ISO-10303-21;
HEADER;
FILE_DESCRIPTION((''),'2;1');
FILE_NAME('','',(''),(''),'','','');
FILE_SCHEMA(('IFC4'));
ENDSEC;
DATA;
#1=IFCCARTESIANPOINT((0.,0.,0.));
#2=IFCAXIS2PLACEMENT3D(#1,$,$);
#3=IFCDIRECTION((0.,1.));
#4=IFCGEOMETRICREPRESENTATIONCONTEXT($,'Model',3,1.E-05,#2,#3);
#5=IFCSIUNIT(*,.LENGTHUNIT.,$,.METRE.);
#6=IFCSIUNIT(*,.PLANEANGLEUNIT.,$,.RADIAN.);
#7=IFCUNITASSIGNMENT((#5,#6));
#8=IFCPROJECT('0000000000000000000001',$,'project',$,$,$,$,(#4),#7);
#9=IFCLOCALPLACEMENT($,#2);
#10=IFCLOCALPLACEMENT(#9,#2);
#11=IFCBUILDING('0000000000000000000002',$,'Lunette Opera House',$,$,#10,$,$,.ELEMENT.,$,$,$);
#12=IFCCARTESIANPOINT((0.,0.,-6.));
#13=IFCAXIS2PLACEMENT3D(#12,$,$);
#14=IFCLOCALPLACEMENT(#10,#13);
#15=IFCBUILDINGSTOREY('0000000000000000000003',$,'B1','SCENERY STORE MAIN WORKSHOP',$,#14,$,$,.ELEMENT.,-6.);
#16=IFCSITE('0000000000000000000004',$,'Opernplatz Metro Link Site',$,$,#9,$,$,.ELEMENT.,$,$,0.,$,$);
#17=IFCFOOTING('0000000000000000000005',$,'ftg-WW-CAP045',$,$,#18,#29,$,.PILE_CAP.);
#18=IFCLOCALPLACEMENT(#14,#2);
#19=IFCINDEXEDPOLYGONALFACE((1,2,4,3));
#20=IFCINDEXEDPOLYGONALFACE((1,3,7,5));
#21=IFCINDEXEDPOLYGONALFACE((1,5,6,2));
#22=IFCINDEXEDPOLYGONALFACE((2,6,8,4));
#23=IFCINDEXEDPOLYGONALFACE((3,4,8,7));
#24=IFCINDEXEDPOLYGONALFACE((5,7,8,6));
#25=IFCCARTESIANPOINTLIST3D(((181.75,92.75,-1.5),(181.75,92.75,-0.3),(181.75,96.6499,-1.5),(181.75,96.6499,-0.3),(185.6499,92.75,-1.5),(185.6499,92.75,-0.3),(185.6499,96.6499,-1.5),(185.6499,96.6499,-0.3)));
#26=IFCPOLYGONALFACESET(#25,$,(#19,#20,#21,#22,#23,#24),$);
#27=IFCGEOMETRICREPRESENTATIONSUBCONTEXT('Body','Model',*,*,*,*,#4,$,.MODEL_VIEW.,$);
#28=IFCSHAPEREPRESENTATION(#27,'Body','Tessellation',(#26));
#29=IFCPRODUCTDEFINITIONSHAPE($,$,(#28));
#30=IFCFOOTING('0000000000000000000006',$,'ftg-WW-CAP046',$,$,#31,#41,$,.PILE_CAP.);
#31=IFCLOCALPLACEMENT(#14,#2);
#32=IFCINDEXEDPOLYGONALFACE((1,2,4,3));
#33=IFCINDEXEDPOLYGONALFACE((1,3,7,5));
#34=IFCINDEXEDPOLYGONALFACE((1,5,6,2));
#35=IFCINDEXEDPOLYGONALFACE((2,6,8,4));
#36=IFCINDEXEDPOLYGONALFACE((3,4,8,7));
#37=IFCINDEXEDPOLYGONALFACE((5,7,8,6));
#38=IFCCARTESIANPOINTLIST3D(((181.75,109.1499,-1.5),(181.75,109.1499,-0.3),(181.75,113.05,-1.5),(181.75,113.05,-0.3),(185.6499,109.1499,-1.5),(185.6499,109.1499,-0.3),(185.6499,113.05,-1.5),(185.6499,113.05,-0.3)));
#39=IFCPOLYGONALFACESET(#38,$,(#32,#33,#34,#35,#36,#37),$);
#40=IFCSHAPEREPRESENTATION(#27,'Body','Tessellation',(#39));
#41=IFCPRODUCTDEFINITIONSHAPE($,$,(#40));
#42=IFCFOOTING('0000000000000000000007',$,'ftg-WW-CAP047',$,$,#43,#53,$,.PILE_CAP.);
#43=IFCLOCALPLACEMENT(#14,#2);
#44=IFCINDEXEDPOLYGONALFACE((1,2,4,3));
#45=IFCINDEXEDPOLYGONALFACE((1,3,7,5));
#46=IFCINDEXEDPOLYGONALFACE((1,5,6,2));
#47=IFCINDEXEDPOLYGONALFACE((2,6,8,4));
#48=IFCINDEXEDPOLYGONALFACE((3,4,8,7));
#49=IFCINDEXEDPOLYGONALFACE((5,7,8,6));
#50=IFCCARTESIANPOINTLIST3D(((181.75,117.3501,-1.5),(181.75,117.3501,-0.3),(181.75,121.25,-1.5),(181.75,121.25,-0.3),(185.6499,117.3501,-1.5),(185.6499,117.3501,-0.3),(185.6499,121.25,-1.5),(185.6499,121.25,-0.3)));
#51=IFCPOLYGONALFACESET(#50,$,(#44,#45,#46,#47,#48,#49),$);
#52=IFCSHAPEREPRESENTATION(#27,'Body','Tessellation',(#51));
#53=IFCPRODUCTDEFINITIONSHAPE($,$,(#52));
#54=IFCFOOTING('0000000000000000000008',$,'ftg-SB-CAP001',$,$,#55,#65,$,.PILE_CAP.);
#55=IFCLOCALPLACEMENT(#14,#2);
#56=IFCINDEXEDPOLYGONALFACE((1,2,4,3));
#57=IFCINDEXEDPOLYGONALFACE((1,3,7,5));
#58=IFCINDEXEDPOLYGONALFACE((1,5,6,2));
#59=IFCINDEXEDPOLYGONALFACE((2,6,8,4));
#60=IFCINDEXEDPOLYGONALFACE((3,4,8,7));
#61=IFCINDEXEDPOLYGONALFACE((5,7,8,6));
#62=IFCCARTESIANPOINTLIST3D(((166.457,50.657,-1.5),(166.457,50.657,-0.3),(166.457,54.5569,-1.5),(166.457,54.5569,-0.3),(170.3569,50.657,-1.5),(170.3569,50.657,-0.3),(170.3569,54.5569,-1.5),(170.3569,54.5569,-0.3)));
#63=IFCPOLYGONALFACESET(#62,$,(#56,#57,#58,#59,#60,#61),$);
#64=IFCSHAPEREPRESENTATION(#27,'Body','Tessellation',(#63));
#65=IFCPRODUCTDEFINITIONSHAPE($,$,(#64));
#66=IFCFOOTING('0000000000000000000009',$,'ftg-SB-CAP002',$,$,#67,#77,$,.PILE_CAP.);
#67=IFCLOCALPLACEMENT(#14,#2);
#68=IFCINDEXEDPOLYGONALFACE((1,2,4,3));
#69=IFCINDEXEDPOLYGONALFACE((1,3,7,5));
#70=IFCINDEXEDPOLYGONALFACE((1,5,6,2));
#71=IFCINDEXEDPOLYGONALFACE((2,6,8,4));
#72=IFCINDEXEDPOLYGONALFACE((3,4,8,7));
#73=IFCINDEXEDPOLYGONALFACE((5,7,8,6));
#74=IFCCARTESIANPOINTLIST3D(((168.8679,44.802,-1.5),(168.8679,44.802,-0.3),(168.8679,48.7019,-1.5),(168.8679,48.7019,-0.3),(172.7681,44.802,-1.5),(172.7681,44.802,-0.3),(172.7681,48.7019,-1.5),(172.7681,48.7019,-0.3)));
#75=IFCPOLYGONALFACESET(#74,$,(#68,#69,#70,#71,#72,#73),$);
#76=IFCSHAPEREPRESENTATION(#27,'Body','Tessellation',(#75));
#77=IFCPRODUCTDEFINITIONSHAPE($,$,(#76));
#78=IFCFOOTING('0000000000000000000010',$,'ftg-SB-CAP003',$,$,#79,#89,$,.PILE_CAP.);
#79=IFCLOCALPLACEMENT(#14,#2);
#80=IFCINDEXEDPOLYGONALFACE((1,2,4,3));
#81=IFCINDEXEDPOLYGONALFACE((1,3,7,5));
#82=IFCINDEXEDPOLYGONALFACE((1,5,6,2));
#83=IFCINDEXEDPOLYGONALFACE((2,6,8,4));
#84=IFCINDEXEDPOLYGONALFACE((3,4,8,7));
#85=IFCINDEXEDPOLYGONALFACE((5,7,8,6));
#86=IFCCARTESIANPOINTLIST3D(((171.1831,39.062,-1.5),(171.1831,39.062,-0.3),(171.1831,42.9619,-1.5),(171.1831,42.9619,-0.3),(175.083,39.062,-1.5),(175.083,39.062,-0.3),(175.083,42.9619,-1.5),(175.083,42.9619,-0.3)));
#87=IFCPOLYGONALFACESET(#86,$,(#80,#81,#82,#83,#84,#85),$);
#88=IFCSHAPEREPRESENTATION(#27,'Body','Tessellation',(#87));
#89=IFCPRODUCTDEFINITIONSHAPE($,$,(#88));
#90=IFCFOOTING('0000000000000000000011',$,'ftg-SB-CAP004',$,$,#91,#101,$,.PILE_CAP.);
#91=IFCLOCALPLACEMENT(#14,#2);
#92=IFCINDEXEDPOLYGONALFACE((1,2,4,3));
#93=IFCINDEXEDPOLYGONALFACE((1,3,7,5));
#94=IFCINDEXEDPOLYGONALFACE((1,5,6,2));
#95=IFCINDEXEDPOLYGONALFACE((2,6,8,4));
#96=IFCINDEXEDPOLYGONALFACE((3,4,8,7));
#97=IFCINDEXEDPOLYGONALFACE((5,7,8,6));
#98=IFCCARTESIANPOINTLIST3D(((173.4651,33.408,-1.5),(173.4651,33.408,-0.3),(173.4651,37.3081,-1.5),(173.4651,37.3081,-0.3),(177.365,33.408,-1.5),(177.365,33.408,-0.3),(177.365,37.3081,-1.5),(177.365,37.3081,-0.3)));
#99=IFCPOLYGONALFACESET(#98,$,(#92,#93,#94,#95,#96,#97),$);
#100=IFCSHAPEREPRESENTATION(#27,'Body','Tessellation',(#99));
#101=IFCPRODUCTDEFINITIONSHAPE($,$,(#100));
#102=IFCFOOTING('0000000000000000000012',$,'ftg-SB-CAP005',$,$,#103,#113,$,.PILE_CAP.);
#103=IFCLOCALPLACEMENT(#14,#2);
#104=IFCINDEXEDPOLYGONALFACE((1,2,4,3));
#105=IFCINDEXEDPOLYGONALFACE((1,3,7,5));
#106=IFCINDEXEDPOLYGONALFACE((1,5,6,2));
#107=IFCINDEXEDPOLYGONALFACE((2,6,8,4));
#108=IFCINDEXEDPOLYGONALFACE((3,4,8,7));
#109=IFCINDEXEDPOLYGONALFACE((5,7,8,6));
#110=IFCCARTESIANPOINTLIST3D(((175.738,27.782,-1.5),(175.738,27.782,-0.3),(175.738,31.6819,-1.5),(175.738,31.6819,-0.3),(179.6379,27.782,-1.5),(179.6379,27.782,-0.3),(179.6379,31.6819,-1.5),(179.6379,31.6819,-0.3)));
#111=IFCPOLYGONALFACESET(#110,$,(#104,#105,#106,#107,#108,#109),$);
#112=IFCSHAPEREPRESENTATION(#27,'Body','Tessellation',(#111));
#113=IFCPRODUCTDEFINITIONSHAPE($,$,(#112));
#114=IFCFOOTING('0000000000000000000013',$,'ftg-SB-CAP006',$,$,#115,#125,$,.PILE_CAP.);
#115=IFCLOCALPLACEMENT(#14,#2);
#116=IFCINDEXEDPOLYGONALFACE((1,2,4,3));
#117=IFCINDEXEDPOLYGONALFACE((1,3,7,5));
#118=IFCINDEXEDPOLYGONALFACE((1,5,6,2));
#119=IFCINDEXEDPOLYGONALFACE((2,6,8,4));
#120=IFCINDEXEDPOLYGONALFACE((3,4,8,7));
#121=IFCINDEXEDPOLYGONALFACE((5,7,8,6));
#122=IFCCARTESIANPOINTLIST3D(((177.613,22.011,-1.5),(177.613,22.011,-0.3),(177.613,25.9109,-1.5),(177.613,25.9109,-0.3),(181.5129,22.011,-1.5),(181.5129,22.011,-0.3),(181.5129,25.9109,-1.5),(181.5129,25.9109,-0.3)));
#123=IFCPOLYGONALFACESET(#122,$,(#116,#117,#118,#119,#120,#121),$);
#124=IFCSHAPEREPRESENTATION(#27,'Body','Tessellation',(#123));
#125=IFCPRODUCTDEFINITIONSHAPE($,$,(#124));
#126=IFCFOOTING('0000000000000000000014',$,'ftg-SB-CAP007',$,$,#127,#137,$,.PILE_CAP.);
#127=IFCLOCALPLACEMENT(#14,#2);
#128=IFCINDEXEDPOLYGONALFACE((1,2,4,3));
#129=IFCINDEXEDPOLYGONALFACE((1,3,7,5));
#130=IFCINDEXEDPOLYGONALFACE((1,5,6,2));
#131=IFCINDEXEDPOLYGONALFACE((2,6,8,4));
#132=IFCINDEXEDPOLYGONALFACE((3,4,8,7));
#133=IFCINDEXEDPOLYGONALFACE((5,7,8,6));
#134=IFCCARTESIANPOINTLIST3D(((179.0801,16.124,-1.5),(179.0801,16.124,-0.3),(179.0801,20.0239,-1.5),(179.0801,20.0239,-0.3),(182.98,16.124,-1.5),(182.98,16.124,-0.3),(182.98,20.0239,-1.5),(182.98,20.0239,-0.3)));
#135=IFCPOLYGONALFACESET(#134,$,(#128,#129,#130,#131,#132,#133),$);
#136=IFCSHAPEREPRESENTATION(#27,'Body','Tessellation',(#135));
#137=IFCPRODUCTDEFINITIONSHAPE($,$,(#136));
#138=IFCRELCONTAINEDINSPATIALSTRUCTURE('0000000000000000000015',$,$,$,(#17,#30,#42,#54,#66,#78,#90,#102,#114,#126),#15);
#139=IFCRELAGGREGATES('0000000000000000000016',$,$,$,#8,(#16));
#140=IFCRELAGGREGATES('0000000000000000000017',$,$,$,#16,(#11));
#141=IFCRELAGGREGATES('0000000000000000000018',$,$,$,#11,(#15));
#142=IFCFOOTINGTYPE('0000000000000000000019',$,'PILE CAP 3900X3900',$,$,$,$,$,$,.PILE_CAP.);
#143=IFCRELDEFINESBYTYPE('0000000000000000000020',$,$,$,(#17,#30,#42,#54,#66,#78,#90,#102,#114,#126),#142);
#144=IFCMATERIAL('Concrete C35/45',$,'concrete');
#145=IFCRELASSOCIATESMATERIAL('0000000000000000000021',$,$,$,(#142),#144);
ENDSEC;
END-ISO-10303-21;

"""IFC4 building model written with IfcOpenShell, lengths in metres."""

from ifc_helpers import new_model, si_unit, direction, frame, origin, place, context, subcontext, project, spatial, polyline, outline, extrude, material, type_object, element, save


model = new_model("IFC4")

# Units and contexts
model_context = context("Model", 3, precision=1e-05, world=origin(), true_north=direction((0.0, 1.0)))
body_context = subcontext(model_context, "Body", "Model", "MODEL_VIEW")
ifc_project = project(units=[si_unit("LENGTHUNIT", "METRE"), si_unit("PLANEANGLEUNIT", "RADIAN")], contexts=[model_context])

# Site, building, storey
site_placement = place(None, origin())
site = spatial("IfcSite", under=ifc_project, at=site_placement, Name="Opernplatz Metro Link Site", CompositionType="ELEMENT", RefElevation=0.0)
building_placement = place(site_placement, origin())
building = spatial("IfcBuilding", under=site, at=building_placement, Name="Lunette Opera House", CompositionType="ELEMENT")
storey_placement = place(building_placement, frame((0.0, 0.0, -6.0)))
storey = spatial("IfcBuildingStorey", under=building, at=storey_placement, Name="B1", Description="SCENERY STORE MAIN WORKSHOP", CompositionType="ELEMENT", Elevation=-6.0)

# Footings
ifc_material_1 = material(Name="Concrete C35/45", Category="concrete")
footing_type_1 = type_object("IfcFootingType", Name="PILE CAP 3900X3900", PredefinedType="PILE_CAP", material=ifc_material_1)
footing_1_placement = place(storey_placement, frame((0.0, 0.0, -1.5)))
element("IfcFooting", 1, at=footing_1_placement, inside=storey, type_object=footing_type_1, Name="ftg-WW-CAP045", PredefinedType="PILE_CAP", context=body_context, shape_type="SweptSolid", body=[
    extrude(outline(polyline([(185.6499, 92.75), (185.6499, 96.6499), (181.75, 96.6499), (181.75, 92.75), (185.6499, 92.75)])), origin(), (0.0, 0.0, 1.0), 1.2),
])
footing_2_placement = place(storey_placement, frame((0.0, 0.0, -1.5)))
element("IfcFooting", 2, at=footing_2_placement, inside=storey, type_object=footing_type_1, Name="ftg-WW-CAP046", PredefinedType="PILE_CAP", context=body_context, shape_type="SweptSolid", body=[
    extrude(outline(polyline([(185.6499, 109.1499), (185.6499, 113.05), (181.75, 113.05), (181.75, 109.1499), (185.6499, 109.1499)])), origin(), (0.0, 0.0, 1.0), 1.2),
])
footing_3_placement = place(storey_placement, frame((0.0, 0.0, -1.5)))
element("IfcFooting", 3, at=footing_3_placement, inside=storey, type_object=footing_type_1, Name="ftg-WW-CAP047", PredefinedType="PILE_CAP", context=body_context, shape_type="SweptSolid", body=[
    extrude(outline(polyline([(185.6499, 117.3501), (185.6499, 121.25), (181.75, 121.25), (181.75, 117.3501), (185.6499, 117.3501)])), origin(), (0.0, 0.0, 1.0), 1.2),
])
footing_4_placement = place(storey_placement, frame((0.0, 0.0, -1.5)))
element("IfcFooting", 4, at=footing_4_placement, inside=storey, type_object=footing_type_1, Name="ftg-SB-CAP001", PredefinedType="PILE_CAP", context=body_context, shape_type="SweptSolid", body=[
    extrude(outline(polyline([(170.3569, 50.657), (170.3569, 54.5569), (166.457, 54.5569), (166.457, 50.657), (170.3569, 50.657)])), origin(), (0.0, 0.0, 1.0), 1.2),
])
footing_5_placement = place(storey_placement, frame((0.0, 0.0, -1.5)))
element("IfcFooting", 5, at=footing_5_placement, inside=storey, type_object=footing_type_1, Name="ftg-SB-CAP002", PredefinedType="PILE_CAP", context=body_context, shape_type="SweptSolid", body=[
    extrude(outline(polyline([(172.7681, 44.802), (172.7681, 48.7019), (168.8679, 48.7019), (168.8679, 44.802), (172.7681, 44.802)])), origin(), (0.0, 0.0, 1.0), 1.2),
])
footing_6_placement = place(storey_placement, frame((0.0, 0.0, -1.5)))
element("IfcFooting", 6, at=footing_6_placement, inside=storey, type_object=footing_type_1, Name="ftg-SB-CAP003", PredefinedType="PILE_CAP", context=body_context, shape_type="SweptSolid", body=[
    extrude(outline(polyline([(175.083, 39.062), (175.083, 42.9619), (171.1831, 42.9619), (171.1831, 39.062), (175.083, 39.062)])), origin(), (0.0, 0.0, 1.0), 1.2),
])
footing_7_placement = place(storey_placement, frame((0.0, 0.0, -1.5)))
element("IfcFooting", 7, at=footing_7_placement, inside=storey, type_object=footing_type_1, Name="ftg-SB-CAP004", PredefinedType="PILE_CAP", context=body_context, shape_type="SweptSolid", body=[
    extrude(outline(polyline([(177.365, 33.408), (177.365, 37.3081), (173.4651, 37.3081), (173.4651, 33.408), (177.365, 33.408)])), origin(), (0.0, 0.0, 1.0), 1.2),
])
footing_8_placement = place(storey_placement, frame((0.0, 0.0, -1.5)))
element("IfcFooting", 8, at=footing_8_placement, inside=storey, type_object=footing_type_1, Name="ftg-SB-CAP005", PredefinedType="PILE_CAP", context=body_context, shape_type="SweptSolid", body=[
    extrude(outline(polyline([(179.6379, 27.782), (179.6379, 31.6819), (175.738, 31.6819), (175.738, 27.782), (179.6379, 27.782)])), origin(), (0.0, 0.0, 1.0), 1.2),
])
footing_9_placement = place(storey_placement, frame((0.0, 0.0, -1.5)))
element("IfcFooting", 9, at=footing_9_placement, inside=storey, type_object=footing_type_1, Name="ftg-SB-CAP006", PredefinedType="PILE_CAP", context=body_context, shape_type="SweptSolid", body=[
    extrude(outline(polyline([(181.5129, 22.011), (181.5129, 25.9109), (177.613, 25.9109), (177.613, 22.011), (181.5129, 22.011)])), origin(), (0.0, 0.0, 1.0), 1.2),
])
footing_10_placement = place(storey_placement, frame((0.0, 0.0, -1.5)))
element("IfcFooting", 10, at=footing_10_placement, inside=storey, type_object=footing_type_1, Name="ftg-SB-CAP007", PredefinedType="PILE_CAP", context=body_context, shape_type="SweptSolid", body=[
    extrude(outline(polyline([(182.98, 16.124), (182.98, 20.0239), (179.0801, 20.0239), (179.0801, 16.124), (182.98, 16.124)])), origin(), (0.0, 0.0, 1.0), 1.2),
])

save(model, "model.ifc")
